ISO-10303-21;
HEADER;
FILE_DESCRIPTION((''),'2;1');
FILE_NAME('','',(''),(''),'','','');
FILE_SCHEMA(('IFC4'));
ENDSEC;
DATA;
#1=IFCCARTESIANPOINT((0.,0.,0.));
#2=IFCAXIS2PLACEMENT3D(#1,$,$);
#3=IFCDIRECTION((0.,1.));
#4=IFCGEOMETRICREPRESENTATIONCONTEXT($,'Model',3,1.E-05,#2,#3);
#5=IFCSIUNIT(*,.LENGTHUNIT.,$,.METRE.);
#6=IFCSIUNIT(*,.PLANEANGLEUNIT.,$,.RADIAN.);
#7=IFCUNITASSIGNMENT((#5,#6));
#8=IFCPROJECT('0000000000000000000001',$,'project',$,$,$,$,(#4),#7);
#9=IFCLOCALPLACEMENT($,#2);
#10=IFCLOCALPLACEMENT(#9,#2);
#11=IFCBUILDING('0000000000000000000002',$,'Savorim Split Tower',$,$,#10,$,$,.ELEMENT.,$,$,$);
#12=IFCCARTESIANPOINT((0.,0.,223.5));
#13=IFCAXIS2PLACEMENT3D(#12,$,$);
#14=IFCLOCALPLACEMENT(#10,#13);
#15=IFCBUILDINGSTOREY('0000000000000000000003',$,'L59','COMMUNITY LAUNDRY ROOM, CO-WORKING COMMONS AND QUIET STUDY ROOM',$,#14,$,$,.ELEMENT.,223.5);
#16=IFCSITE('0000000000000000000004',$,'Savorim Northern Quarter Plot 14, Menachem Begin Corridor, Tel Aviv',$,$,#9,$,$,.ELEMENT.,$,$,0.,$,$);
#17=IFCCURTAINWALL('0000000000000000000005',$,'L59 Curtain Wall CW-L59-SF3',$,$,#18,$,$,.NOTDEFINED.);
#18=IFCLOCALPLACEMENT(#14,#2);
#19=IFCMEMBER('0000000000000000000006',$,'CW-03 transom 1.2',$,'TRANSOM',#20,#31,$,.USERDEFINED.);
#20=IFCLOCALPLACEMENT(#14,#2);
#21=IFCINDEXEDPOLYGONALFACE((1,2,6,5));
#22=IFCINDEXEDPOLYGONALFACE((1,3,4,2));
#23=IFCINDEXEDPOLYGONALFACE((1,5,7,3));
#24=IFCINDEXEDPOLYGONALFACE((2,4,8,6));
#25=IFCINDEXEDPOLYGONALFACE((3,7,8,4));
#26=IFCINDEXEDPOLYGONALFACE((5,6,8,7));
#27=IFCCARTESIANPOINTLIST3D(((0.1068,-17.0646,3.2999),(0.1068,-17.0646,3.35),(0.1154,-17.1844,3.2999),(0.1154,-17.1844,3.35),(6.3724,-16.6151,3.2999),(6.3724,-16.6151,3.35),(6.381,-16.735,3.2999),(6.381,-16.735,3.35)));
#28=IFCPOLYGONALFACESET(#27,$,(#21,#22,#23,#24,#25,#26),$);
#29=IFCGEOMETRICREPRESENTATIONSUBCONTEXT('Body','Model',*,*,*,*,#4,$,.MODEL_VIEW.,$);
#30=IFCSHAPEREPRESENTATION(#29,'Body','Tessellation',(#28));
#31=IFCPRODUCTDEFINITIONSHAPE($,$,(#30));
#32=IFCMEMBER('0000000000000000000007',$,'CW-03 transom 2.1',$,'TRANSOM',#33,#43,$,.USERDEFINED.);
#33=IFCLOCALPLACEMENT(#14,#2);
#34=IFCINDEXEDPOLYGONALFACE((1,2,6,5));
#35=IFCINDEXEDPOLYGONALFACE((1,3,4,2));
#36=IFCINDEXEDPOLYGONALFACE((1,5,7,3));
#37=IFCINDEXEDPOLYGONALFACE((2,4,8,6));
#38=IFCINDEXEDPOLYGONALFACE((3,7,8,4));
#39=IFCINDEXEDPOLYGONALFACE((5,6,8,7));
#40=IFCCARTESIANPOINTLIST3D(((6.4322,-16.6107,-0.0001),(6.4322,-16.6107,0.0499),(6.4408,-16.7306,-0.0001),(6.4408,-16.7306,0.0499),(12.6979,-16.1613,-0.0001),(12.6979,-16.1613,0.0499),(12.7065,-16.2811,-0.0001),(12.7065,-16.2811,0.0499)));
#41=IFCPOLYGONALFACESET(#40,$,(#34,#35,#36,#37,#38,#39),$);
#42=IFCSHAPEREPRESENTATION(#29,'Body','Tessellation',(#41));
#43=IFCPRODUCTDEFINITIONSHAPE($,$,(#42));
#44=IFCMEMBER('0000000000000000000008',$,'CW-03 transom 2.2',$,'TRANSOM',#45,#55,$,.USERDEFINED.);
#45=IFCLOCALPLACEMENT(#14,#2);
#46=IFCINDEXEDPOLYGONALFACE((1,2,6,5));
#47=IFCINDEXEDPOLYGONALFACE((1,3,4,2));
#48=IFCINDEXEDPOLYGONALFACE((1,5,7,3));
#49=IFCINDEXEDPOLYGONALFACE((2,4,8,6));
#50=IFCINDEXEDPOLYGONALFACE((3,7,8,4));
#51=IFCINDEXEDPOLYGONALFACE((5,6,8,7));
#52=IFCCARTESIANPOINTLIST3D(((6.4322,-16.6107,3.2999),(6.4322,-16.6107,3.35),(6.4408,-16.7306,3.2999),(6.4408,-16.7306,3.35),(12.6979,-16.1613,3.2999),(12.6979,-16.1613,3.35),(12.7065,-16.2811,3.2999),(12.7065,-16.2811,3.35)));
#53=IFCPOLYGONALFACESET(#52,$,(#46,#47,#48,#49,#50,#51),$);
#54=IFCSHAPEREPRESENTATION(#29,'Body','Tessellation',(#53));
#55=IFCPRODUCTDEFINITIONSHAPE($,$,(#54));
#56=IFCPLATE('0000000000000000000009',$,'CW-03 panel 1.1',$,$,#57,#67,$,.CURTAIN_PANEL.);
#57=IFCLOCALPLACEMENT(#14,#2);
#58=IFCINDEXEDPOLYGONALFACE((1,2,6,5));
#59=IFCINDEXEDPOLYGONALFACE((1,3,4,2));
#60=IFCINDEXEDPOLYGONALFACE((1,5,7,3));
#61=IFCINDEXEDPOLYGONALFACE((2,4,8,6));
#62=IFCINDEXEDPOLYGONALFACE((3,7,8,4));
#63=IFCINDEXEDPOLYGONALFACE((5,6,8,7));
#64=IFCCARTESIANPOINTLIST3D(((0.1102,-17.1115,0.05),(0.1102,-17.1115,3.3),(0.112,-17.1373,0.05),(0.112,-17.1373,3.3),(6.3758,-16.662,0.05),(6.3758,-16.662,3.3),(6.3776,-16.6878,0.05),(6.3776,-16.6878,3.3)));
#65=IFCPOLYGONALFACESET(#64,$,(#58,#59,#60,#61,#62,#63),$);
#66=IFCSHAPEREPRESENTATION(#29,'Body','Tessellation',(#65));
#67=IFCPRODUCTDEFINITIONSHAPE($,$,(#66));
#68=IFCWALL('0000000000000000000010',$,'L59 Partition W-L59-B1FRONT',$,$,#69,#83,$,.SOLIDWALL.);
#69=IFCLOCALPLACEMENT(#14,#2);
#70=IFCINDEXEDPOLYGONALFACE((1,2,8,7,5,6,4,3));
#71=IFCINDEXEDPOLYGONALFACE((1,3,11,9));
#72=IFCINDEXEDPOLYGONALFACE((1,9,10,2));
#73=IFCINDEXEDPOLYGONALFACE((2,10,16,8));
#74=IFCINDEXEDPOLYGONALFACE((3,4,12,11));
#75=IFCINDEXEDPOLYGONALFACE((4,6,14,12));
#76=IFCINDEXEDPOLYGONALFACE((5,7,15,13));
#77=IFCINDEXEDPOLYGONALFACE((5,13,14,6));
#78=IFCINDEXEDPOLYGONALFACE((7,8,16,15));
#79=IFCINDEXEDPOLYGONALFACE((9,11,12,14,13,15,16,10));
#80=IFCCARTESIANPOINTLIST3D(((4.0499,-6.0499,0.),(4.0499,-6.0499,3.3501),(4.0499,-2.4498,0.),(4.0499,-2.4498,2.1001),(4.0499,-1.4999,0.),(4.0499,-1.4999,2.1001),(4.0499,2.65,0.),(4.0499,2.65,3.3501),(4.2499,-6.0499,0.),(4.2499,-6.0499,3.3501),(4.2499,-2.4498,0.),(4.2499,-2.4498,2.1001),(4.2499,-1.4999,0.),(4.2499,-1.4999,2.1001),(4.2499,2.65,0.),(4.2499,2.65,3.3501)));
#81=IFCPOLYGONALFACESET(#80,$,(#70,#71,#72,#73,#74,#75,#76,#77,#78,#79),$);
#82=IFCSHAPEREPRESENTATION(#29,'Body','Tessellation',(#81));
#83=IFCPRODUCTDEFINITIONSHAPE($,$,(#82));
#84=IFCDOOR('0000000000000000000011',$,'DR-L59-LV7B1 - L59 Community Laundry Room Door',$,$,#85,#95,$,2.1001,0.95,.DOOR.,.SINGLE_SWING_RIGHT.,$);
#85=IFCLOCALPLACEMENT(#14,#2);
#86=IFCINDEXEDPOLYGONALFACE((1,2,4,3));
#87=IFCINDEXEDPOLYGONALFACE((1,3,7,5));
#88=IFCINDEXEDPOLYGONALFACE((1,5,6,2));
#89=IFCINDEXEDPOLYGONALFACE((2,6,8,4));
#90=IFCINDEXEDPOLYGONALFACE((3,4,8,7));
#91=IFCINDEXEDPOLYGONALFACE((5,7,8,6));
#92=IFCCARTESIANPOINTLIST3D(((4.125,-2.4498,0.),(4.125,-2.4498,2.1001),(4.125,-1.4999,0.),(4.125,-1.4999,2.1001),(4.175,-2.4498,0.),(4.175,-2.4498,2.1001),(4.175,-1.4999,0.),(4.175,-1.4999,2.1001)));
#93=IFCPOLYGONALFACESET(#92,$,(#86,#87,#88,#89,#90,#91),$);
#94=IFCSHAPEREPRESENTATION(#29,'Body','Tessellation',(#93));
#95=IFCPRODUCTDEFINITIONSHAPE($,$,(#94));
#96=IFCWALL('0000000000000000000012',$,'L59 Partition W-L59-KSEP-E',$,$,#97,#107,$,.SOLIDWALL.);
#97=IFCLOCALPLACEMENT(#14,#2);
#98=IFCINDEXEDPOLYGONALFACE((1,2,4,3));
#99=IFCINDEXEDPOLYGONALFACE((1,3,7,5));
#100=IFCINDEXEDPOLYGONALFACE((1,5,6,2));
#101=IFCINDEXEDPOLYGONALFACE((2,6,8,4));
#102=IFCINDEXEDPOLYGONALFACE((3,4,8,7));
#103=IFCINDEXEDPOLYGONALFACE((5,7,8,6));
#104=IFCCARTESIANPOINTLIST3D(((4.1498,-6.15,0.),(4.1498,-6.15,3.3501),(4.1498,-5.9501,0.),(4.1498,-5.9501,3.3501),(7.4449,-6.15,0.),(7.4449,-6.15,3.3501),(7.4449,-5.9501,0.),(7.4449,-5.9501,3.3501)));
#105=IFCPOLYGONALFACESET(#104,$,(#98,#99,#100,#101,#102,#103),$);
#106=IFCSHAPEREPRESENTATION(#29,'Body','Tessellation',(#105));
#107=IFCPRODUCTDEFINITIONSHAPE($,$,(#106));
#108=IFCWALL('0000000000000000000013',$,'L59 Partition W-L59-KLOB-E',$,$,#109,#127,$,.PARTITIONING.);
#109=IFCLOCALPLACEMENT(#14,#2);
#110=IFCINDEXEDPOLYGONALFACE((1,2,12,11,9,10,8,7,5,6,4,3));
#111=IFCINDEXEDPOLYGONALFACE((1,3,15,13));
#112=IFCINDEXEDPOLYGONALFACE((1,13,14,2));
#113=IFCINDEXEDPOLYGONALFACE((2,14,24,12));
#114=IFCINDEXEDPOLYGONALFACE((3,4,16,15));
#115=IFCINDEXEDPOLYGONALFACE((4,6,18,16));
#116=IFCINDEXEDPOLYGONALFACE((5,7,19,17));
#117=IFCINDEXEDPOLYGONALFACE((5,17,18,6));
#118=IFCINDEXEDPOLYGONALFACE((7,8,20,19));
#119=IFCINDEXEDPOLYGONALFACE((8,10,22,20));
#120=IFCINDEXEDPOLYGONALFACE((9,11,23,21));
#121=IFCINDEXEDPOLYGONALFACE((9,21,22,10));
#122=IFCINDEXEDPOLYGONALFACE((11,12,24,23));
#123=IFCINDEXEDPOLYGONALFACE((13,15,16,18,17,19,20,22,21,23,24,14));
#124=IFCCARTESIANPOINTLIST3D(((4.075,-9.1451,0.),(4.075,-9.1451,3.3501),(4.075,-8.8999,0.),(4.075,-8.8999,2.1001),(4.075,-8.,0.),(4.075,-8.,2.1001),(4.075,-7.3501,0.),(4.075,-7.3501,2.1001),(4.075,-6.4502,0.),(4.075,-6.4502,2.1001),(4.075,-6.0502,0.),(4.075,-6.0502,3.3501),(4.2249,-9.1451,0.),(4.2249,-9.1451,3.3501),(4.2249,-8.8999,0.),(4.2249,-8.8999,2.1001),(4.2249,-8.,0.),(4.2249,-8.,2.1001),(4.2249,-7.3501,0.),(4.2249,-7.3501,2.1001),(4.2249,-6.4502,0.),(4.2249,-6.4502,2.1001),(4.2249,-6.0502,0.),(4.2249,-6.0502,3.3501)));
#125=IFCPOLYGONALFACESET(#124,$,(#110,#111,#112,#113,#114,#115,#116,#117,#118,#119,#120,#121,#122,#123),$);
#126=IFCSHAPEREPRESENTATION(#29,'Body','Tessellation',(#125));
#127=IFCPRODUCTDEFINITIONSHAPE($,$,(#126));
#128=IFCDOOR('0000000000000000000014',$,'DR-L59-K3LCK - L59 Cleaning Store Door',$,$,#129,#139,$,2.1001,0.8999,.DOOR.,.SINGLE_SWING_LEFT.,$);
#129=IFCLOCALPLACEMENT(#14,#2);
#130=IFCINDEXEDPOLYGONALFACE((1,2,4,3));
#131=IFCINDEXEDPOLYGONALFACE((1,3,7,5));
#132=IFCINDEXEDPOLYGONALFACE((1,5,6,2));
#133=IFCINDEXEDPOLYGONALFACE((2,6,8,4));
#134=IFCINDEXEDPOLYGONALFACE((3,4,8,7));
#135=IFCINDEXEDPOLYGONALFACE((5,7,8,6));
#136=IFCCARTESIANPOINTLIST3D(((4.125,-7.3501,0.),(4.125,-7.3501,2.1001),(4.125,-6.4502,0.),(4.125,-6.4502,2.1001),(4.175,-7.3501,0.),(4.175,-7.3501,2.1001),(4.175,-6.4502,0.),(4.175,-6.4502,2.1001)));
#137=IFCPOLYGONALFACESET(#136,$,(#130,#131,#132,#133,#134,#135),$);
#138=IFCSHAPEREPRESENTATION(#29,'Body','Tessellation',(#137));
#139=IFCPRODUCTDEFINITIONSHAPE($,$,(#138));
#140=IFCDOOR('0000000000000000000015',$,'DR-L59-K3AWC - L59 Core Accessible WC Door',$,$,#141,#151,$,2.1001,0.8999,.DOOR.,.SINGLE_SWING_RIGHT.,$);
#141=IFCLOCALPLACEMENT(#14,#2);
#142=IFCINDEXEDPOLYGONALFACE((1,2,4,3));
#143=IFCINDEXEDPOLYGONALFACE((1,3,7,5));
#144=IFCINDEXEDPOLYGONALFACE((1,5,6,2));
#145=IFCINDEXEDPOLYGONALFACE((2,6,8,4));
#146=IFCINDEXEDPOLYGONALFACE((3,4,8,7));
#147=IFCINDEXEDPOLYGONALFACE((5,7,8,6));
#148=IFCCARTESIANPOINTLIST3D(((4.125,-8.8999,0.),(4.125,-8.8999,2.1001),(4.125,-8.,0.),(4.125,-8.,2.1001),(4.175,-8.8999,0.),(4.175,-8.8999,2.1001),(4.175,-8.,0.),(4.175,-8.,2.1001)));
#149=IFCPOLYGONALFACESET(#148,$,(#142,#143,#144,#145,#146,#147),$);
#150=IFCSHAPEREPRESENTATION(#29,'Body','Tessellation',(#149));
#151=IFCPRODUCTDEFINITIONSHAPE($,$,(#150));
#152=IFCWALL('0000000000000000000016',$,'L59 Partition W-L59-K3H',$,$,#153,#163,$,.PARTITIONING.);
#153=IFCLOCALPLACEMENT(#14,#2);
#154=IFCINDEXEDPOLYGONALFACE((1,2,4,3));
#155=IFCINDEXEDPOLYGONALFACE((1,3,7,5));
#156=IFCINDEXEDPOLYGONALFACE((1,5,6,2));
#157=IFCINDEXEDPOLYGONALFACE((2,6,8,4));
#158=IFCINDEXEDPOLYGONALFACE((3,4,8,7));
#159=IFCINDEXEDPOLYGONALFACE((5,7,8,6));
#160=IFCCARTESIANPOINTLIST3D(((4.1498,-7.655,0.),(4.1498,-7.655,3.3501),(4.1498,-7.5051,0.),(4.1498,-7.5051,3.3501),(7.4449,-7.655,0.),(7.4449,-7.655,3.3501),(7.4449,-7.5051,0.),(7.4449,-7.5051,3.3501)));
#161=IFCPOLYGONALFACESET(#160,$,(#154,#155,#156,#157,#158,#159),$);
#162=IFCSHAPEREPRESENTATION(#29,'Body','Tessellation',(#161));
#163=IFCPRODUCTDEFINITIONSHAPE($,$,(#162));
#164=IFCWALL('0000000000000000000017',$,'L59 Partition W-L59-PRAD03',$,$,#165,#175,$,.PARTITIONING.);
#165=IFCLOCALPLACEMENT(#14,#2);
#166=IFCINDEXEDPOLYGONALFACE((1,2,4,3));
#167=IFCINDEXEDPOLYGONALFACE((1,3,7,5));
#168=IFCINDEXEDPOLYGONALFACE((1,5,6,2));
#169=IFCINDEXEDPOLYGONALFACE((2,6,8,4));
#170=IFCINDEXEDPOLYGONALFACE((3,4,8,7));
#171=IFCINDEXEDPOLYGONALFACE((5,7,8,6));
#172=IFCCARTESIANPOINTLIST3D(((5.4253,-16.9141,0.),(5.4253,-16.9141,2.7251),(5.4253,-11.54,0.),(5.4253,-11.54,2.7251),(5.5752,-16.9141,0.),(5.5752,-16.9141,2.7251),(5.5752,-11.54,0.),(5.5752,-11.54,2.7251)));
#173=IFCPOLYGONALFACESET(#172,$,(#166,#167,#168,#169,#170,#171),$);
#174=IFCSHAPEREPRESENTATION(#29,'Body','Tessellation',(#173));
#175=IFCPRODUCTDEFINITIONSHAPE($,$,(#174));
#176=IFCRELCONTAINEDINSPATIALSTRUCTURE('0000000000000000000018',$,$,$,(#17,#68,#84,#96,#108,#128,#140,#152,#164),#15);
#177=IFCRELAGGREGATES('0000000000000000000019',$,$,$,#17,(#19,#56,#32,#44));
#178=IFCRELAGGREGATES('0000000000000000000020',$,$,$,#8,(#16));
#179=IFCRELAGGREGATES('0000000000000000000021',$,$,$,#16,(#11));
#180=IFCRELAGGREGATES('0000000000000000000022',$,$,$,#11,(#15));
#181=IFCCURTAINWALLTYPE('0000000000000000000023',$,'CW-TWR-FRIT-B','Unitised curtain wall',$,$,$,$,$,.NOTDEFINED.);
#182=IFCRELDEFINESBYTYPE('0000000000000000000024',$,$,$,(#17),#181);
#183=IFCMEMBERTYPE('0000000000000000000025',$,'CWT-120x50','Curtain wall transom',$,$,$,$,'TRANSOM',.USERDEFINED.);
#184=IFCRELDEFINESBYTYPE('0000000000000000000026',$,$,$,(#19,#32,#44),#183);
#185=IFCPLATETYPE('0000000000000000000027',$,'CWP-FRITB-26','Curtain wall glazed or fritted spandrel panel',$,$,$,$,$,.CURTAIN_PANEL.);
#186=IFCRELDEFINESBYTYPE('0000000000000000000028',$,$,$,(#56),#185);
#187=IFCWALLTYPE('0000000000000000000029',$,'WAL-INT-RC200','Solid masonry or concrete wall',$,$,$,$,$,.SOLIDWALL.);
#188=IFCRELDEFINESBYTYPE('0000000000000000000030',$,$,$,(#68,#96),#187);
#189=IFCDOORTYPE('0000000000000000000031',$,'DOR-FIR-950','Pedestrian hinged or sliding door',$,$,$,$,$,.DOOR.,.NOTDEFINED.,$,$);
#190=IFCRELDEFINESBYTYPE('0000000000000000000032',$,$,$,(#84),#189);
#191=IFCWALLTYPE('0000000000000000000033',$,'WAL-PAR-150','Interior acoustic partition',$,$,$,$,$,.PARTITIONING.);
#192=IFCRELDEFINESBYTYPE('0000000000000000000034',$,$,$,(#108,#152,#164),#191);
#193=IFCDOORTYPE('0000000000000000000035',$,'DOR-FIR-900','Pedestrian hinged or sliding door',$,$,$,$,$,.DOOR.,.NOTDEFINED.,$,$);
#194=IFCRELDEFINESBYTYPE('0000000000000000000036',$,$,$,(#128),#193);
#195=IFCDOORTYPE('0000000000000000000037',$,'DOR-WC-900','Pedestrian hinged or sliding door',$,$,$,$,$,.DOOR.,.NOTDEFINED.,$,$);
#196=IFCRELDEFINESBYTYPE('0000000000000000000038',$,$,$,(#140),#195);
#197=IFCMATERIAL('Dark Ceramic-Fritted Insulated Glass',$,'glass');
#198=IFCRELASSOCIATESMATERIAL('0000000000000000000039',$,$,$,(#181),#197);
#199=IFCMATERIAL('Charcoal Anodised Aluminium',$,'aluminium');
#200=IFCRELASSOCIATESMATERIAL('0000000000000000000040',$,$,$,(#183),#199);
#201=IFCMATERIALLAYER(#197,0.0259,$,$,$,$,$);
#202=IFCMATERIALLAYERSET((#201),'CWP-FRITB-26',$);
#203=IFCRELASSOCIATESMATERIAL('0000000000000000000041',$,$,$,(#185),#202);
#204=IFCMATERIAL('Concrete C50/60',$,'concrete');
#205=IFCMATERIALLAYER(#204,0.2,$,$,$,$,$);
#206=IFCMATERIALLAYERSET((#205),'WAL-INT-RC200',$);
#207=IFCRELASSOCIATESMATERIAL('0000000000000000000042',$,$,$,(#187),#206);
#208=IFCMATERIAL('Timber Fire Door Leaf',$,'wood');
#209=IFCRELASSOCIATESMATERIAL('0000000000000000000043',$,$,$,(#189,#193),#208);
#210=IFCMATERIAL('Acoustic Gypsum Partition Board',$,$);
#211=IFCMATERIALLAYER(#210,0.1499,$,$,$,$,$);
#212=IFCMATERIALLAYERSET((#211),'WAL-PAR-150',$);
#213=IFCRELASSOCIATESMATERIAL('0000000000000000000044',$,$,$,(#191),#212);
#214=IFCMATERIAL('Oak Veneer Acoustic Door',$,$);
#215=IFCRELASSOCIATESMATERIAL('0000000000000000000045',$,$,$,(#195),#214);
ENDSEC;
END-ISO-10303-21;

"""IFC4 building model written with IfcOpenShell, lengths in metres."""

from ifc_helpers import new_model, si_unit, direction, frame, frame_2d, origin, origin_2d, place, context, subcontext, project, spatial, rectangle, extrude, material, layer, layer_set, material_profile, profile_set, type_object, element, fill, aggregate, save


model = new_model("IFC4")

# Units and contexts
model_context = context("Model", 3, precision=1e-05, world=origin(), true_north=direction((0.0, 1.0)))
body_context = subcontext(model_context, "Body", "Model", "MODEL_VIEW")
ifc_project = project(units=[si_unit("LENGTHUNIT", "METRE"), si_unit("PLANEANGLEUNIT", "RADIAN")], contexts=[model_context])

# Site, building, storey
site_placement = place(None, origin())
site = spatial("IfcSite", under=ifc_project, at=site_placement, Name="Savorim Northern Quarter Plot 14, Menachem Begin Corridor, Tel Aviv", CompositionType="ELEMENT", RefElevation=0.0)
building_placement = place(site_placement, origin())
building = spatial("IfcBuilding", under=site, at=building_placement, Name="Savorim Split Tower", CompositionType="ELEMENT")
storey_placement = place(building_placement, frame((0.0, 0.0, 223.5)))
storey = spatial("IfcBuildingStorey", under=building, at=storey_placement, Name="L59", Description="COMMUNITY LAUNDRY ROOM, CO-WORKING COMMONS AND QUIET STUDY ROOM", CompositionType="ELEMENT", Elevation=223.5)

# Curtain wall, members, plate
ifc_material_1 = material(Name="Dark Ceramic-Fritted Insulated Glass", Category="glass")
curtain_wall_type = type_object("IfcCurtainWallType", Name="CW-TWR-FRIT-B", Description="Unitised curtain wall", PredefinedType="NOTDEFINED", material=ifc_material_1)
curtain_wall_placement = place(storey_placement, origin())
curtain_wall = element("IfcCurtainWall", 1, at=curtain_wall_placement, inside=storey, type_object=curtain_wall_type, Name="L59 Curtain Wall CW-L59-SF3", PredefinedType="NOTDEFINED")
ifc_material_2 = material(Name="Charcoal Anodised Aluminium", Category="aluminium")
ifc_material_profile_1 = material_profile(ifc_material_2, rectangle(XDim=0.1201, YDim=0.05, at=origin_2d()), Name="ALU-T 120x50")
ifc_profile_set_1 = profile_set([ifc_material_profile_1], Name="Charcoal Anodised Aluminium")
member_type_1 = type_object("IfcMemberType", Name="CWT-120x50", Description="Curtain wall transom", ElementType="TRANSOM", PredefinedType="USERDEFINED", material=ifc_profile_set_1)
member_1_placement = place(storey_placement, frame((0.1111, -17.1245, 3.325), z_axis=(0.997437, 0.071551, 0.0), x_axis=(-0.071551, 0.997437, 0.0)))
member_1 = element("IfcMember", 2, at=member_1_placement, type_object=member_type_1, Name="CW-03 transom 1.2", ObjectType="TRANSOM", PredefinedType="USERDEFINED", context=body_context, shape_type="SweptSolid", body=[
    extrude(rectangle(XDim=0.1201, YDim=0.05, at=origin_2d()), origin(), (0.0, 0.0, 1.0), 6.2817),
])
member_2_placement = place(storey_placement, frame((6.4365, -16.6707, 0.0249), z_axis=(0.997437, 0.071551, 0.0), x_axis=(-0.071551, 0.997437, 0.0)))
member_2 = element("IfcMember", 3, at=member_2_placement, type_object=member_type_1, Name="CW-03 transom 2.1", ObjectType="TRANSOM", PredefinedType="USERDEFINED", context=body_context, shape_type="SweptSolid", body=[
    extrude(rectangle(XDim=0.1201, YDim=0.05, at=origin_2d()), origin(), (0.0, 0.0, 1.0), 6.2817),
])
member_3_placement = place(storey_placement, frame((6.4365, -16.6707, 3.325), z_axis=(0.997437, 0.071551, 0.0), x_axis=(-0.071551, 0.997437, 0.0)))
member_3 = element("IfcMember", 4, at=member_3_placement, type_object=member_type_1, Name="CW-03 transom 2.2", ObjectType="TRANSOM", PredefinedType="USERDEFINED", context=body_context, shape_type="SweptSolid", body=[
    extrude(rectangle(XDim=0.1201, YDim=0.05, at=origin_2d()), origin(), (0.0, 0.0, 1.0), 6.2817),
])
ifc_layer_1 = layer(ifc_material_1, 0.0259)
ifc_layer_set_1 = layer_set([ifc_layer_1], Name="CWP-FRITB-26")
plate_type = type_object("IfcPlateType", Name="CWP-FRITB-26", Description="Curtain wall glazed or fritted spandrel panel", PredefinedType="CURTAIN_PANEL", material=ifc_layer_set_1)
plate_placement = place(storey_placement, frame((3.2439, -16.8997, 0.05), z_axis=(0.0, 0.0, 1.0), x_axis=(0.997436, 0.071558, 0.0)))
plate = element("IfcPlate", 5, at=plate_placement, type_object=plate_type, Name="CW-03 panel 1.1", PredefinedType="CURTAIN_PANEL", context=body_context, shape_type="SweptSolid", body=[
    extrude(rectangle(XDim=6.2817, YDim=0.0259, at=origin_2d()), origin(), (0.0, 0.0, 1.0), 3.25),
])
aggregate(curtain_wall, [member_1, plate, member_2, member_3])

# Wall, opening, door
ifc_material_3 = material(Name="Concrete C50/60", Category="concrete")
ifc_layer_2 = layer(ifc_material_3, 0.2)
ifc_layer_set_2 = layer_set([ifc_layer_2], Name="WAL-INT-RC200")
wall_type_1 = type_object("IfcWallType", Name="WAL-INT-RC200", Description="Solid masonry or concrete wall", PredefinedType="SOLIDWALL", material=ifc_layer_set_2)
wall_1_placement = place(storey_placement, frame((4.1499, -6.05, 0.0), z_axis=(0.0, 0.0, 1.0), x_axis=(0.0, 1.0, 0.0)))
wall_1 = element("IfcWall", 6, at=wall_1_placement, inside=storey, type_object=wall_type_1, Name="L59 Partition W-L59-B1FRONT", PredefinedType="SOLIDWALL", context=body_context, shape_type="SweptSolid", body=[
    extrude(rectangle(XDim=8.7, YDim=0.2, at=frame_2d((4.3501, 0.0))), origin(), (0.0, 0.0, 1.0), 3.3501),
])
opening_1_placement = place(wall_1_placement, frame((3.6001, 0.0, 0.0)))
opening_1 = element("IfcOpeningElement", 7, at=opening_1_placement, cuts=wall_1, PredefinedType="OPENING", context=body_context, shape_type="SweptSolid", body=[
    extrude(rectangle(XDim=0.95, YDim=2.1001, at=frame_2d((0.4751, 1.05))), frame((0.0, 0.1099, 0.0), z_axis=(0.0, -1.0, 0.0), x_axis=(1.0, 0.0, 0.0)), (0.0, 0.0, 1.0), 0.22),
])
ifc_material_4 = material(Name="Timber Fire Door Leaf", Category="wood")
door_type_1 = type_object("IfcDoorType", Name="DOR-FIR-950", Description="Pedestrian hinged or sliding door", OperationType="NOTDEFINED", PredefinedType="DOOR", material=ifc_material_4)
door_1_placement = place(opening_1_placement, origin())
door_1 = element("IfcDoor", 8, at=door_1_placement, inside=storey, type_object=door_type_1, Name="DR-L59-LV7B1 - L59 Community Laundry Room Door", OperationType="SINGLE_SWING_RIGHT", OverallHeight=2.1001, OverallWidth=0.95, PredefinedType="DOOR", context=body_context, shape_type="SweptSolid", body=[
    extrude(rectangle(XDim=0.95, YDim=2.1001, at=frame_2d((0.4751, 1.05))), frame((0.0, 0.0249, 0.0), z_axis=(0.0, -1.0, 0.0), x_axis=(1.0, 0.0, 0.0)), (0.0, 0.0, 1.0), 0.05),
])
fill(opening_1, door_1)

# Wall
wall_2_placement = place(storey_placement, frame((4.1499, -6.05, 0.0), z_axis=(0.0, 0.0, 1.0), x_axis=(1.0, 0.0, 0.0)))
element("IfcWall", 9, at=wall_2_placement, inside=storey, type_object=wall_type_1, Name="L59 Partition W-L59-KSEP-E", PredefinedType="SOLIDWALL", context=body_context, shape_type="SweptSolid", body=[
    extrude(rectangle(XDim=3.2952, YDim=0.2, at=frame_2d((1.6475, 0.0))), origin(), (0.0, 0.0, 1.0), 3.3501),
])

# Wall, openings, doors
ifc_material_5 = material(Name="Acoustic Gypsum Partition Board")
ifc_layer_3 = layer(ifc_material_5, 0.1499)
ifc_layer_set_3 = layer_set([ifc_layer_3], Name="WAL-PAR-150")
wall_type_2 = type_object("IfcWallType", Name="WAL-PAR-150", Description="Interior acoustic partition", PredefinedType="PARTITIONING", material=ifc_layer_set_3)
wall_3_placement = place(storey_placement, frame((4.1499, -9.145, 0.0), z_axis=(0.0, 0.0, 1.0), x_axis=(0.0, 1.0, 0.0)))
wall_3 = element("IfcWall", 10, at=wall_3_placement, inside=storey, type_object=wall_type_2, Name="L59 Partition W-L59-KLOB-E", PredefinedType="PARTITIONING", context=body_context, shape_type="SweptSolid", body=[
    extrude(rectangle(XDim=3.095, YDim=0.1499, at=frame_2d((1.5474, 0.0))), origin(), (0.0, 0.0, 1.0), 3.3501),
])
opening_2_placement = place(wall_3_placement, frame((0.2451, 0.0, 0.0)))
opening_2 = element("IfcOpeningElement", 11, at=opening_2_placement, cuts=wall_3, PredefinedType="OPENING", context=body_context, shape_type="SweptSolid", body=[
    extrude(rectangle(XDim=0.8999, YDim=2.1001, at=frame_2d((0.45, 1.05))), frame((0.0, 0.085, 0.0), z_axis=(0.0, -1.0, 0.0), x_axis=(1.0, 0.0, 0.0)), (0.0, 0.0, 1.0), 0.1699),
])
opening_3_placement = place(wall_3_placement, frame((1.7949, 0.0, 0.0)))
opening_3 = element("IfcOpeningElement", 12, at=opening_3_placement, cuts=wall_3, PredefinedType="OPENING", context=body_context, shape_type="SweptSolid", body=[
    extrude(rectangle(XDim=0.8999, YDim=2.1001, at=frame_2d((0.45, 1.05))), frame((0.0, 0.085, 0.0), z_axis=(0.0, -1.0, 0.0), x_axis=(1.0, 0.0, 0.0)), (0.0, 0.0, 1.0), 0.1699),
])
door_type_2 = type_object("IfcDoorType", Name="DOR-FIR-900", Description="Pedestrian hinged or sliding door", OperationType="NOTDEFINED", PredefinedType="DOOR", material=ifc_material_4)
door_2_placement = place(opening_3_placement, origin())
door_2 = element("IfcDoor", 13, at=door_2_placement, inside=storey, type_object=door_type_2, Name="DR-L59-K3LCK - L59 Cleaning Store Door", OperationType="SINGLE_SWING_LEFT", OverallHeight=2.1001, OverallWidth=0.8999, PredefinedType="DOOR", context=body_context, shape_type="SweptSolid", body=[
    extrude(rectangle(XDim=0.8999, YDim=2.1001, at=frame_2d((0.45, 1.05))), frame((0.0, 0.0249, 0.0), z_axis=(0.0, -1.0, 0.0), x_axis=(1.0, 0.0, 0.0)), (0.0, 0.0, 1.0), 0.05),
])
fill(opening_3, door_2)
ifc_material_6 = material(Name="Oak Veneer Acoustic Door")
door_type_3 = type_object("IfcDoorType", Name="DOR-WC-900", Description="Pedestrian hinged or sliding door", OperationType="NOTDEFINED", PredefinedType="DOOR", material=ifc_material_6)
door_3_placement = place(opening_2_placement, origin())
door_3 = element("IfcDoor", 14, at=door_3_placement, inside=storey, type_object=door_type_3, Name="DR-L59-K3AWC - L59 Core Accessible WC Door", OperationType="SINGLE_SWING_RIGHT", OverallHeight=2.1001, OverallWidth=0.8999, PredefinedType="DOOR", context=body_context, shape_type="SweptSolid", body=[
    extrude(rectangle(XDim=0.8999, YDim=2.1001, at=frame_2d((0.45, 1.05))), frame((0.0, 0.0249, 0.0), z_axis=(0.0, -1.0, 0.0), x_axis=(1.0, 0.0, 0.0)), (0.0, 0.0, 1.0), 0.05),
])
fill(opening_2, door_3)

# Walls
wall_4_placement = place(storey_placement, frame((4.1499, -7.5801, 0.0), z_axis=(0.0, 0.0, 1.0), x_axis=(1.0, 0.0, 0.0)))
element("IfcWall", 15, at=wall_4_placement, inside=storey, type_object=wall_type_2, Name="L59 Partition W-L59-K3H", PredefinedType="PARTITIONING", context=body_context, shape_type="SweptSolid", body=[
    extrude(rectangle(XDim=3.2952, YDim=0.1499, at=frame_2d((1.6475, 0.0))), origin(), (0.0, 0.0, 1.0), 3.3501),
])
wall_5_placement = place(storey_placement, frame((5.5002, -11.54, 0.0), z_axis=(0.0, 0.0, 1.0), x_axis=(0.0, -1.0, 0.0)))
element("IfcWall", 16, at=wall_5_placement, inside=storey, type_object=wall_type_2, Name="L59 Partition W-L59-PRAD03", PredefinedType="PARTITIONING", context=body_context, shape_type="SweptSolid", body=[
    extrude(rectangle(XDim=5.374, YDim=0.1499, at=frame_2d((2.687, 0.0))), origin(), (0.0, 0.0, 1.0), 2.7251),
])

save(model, "model.ifc")
